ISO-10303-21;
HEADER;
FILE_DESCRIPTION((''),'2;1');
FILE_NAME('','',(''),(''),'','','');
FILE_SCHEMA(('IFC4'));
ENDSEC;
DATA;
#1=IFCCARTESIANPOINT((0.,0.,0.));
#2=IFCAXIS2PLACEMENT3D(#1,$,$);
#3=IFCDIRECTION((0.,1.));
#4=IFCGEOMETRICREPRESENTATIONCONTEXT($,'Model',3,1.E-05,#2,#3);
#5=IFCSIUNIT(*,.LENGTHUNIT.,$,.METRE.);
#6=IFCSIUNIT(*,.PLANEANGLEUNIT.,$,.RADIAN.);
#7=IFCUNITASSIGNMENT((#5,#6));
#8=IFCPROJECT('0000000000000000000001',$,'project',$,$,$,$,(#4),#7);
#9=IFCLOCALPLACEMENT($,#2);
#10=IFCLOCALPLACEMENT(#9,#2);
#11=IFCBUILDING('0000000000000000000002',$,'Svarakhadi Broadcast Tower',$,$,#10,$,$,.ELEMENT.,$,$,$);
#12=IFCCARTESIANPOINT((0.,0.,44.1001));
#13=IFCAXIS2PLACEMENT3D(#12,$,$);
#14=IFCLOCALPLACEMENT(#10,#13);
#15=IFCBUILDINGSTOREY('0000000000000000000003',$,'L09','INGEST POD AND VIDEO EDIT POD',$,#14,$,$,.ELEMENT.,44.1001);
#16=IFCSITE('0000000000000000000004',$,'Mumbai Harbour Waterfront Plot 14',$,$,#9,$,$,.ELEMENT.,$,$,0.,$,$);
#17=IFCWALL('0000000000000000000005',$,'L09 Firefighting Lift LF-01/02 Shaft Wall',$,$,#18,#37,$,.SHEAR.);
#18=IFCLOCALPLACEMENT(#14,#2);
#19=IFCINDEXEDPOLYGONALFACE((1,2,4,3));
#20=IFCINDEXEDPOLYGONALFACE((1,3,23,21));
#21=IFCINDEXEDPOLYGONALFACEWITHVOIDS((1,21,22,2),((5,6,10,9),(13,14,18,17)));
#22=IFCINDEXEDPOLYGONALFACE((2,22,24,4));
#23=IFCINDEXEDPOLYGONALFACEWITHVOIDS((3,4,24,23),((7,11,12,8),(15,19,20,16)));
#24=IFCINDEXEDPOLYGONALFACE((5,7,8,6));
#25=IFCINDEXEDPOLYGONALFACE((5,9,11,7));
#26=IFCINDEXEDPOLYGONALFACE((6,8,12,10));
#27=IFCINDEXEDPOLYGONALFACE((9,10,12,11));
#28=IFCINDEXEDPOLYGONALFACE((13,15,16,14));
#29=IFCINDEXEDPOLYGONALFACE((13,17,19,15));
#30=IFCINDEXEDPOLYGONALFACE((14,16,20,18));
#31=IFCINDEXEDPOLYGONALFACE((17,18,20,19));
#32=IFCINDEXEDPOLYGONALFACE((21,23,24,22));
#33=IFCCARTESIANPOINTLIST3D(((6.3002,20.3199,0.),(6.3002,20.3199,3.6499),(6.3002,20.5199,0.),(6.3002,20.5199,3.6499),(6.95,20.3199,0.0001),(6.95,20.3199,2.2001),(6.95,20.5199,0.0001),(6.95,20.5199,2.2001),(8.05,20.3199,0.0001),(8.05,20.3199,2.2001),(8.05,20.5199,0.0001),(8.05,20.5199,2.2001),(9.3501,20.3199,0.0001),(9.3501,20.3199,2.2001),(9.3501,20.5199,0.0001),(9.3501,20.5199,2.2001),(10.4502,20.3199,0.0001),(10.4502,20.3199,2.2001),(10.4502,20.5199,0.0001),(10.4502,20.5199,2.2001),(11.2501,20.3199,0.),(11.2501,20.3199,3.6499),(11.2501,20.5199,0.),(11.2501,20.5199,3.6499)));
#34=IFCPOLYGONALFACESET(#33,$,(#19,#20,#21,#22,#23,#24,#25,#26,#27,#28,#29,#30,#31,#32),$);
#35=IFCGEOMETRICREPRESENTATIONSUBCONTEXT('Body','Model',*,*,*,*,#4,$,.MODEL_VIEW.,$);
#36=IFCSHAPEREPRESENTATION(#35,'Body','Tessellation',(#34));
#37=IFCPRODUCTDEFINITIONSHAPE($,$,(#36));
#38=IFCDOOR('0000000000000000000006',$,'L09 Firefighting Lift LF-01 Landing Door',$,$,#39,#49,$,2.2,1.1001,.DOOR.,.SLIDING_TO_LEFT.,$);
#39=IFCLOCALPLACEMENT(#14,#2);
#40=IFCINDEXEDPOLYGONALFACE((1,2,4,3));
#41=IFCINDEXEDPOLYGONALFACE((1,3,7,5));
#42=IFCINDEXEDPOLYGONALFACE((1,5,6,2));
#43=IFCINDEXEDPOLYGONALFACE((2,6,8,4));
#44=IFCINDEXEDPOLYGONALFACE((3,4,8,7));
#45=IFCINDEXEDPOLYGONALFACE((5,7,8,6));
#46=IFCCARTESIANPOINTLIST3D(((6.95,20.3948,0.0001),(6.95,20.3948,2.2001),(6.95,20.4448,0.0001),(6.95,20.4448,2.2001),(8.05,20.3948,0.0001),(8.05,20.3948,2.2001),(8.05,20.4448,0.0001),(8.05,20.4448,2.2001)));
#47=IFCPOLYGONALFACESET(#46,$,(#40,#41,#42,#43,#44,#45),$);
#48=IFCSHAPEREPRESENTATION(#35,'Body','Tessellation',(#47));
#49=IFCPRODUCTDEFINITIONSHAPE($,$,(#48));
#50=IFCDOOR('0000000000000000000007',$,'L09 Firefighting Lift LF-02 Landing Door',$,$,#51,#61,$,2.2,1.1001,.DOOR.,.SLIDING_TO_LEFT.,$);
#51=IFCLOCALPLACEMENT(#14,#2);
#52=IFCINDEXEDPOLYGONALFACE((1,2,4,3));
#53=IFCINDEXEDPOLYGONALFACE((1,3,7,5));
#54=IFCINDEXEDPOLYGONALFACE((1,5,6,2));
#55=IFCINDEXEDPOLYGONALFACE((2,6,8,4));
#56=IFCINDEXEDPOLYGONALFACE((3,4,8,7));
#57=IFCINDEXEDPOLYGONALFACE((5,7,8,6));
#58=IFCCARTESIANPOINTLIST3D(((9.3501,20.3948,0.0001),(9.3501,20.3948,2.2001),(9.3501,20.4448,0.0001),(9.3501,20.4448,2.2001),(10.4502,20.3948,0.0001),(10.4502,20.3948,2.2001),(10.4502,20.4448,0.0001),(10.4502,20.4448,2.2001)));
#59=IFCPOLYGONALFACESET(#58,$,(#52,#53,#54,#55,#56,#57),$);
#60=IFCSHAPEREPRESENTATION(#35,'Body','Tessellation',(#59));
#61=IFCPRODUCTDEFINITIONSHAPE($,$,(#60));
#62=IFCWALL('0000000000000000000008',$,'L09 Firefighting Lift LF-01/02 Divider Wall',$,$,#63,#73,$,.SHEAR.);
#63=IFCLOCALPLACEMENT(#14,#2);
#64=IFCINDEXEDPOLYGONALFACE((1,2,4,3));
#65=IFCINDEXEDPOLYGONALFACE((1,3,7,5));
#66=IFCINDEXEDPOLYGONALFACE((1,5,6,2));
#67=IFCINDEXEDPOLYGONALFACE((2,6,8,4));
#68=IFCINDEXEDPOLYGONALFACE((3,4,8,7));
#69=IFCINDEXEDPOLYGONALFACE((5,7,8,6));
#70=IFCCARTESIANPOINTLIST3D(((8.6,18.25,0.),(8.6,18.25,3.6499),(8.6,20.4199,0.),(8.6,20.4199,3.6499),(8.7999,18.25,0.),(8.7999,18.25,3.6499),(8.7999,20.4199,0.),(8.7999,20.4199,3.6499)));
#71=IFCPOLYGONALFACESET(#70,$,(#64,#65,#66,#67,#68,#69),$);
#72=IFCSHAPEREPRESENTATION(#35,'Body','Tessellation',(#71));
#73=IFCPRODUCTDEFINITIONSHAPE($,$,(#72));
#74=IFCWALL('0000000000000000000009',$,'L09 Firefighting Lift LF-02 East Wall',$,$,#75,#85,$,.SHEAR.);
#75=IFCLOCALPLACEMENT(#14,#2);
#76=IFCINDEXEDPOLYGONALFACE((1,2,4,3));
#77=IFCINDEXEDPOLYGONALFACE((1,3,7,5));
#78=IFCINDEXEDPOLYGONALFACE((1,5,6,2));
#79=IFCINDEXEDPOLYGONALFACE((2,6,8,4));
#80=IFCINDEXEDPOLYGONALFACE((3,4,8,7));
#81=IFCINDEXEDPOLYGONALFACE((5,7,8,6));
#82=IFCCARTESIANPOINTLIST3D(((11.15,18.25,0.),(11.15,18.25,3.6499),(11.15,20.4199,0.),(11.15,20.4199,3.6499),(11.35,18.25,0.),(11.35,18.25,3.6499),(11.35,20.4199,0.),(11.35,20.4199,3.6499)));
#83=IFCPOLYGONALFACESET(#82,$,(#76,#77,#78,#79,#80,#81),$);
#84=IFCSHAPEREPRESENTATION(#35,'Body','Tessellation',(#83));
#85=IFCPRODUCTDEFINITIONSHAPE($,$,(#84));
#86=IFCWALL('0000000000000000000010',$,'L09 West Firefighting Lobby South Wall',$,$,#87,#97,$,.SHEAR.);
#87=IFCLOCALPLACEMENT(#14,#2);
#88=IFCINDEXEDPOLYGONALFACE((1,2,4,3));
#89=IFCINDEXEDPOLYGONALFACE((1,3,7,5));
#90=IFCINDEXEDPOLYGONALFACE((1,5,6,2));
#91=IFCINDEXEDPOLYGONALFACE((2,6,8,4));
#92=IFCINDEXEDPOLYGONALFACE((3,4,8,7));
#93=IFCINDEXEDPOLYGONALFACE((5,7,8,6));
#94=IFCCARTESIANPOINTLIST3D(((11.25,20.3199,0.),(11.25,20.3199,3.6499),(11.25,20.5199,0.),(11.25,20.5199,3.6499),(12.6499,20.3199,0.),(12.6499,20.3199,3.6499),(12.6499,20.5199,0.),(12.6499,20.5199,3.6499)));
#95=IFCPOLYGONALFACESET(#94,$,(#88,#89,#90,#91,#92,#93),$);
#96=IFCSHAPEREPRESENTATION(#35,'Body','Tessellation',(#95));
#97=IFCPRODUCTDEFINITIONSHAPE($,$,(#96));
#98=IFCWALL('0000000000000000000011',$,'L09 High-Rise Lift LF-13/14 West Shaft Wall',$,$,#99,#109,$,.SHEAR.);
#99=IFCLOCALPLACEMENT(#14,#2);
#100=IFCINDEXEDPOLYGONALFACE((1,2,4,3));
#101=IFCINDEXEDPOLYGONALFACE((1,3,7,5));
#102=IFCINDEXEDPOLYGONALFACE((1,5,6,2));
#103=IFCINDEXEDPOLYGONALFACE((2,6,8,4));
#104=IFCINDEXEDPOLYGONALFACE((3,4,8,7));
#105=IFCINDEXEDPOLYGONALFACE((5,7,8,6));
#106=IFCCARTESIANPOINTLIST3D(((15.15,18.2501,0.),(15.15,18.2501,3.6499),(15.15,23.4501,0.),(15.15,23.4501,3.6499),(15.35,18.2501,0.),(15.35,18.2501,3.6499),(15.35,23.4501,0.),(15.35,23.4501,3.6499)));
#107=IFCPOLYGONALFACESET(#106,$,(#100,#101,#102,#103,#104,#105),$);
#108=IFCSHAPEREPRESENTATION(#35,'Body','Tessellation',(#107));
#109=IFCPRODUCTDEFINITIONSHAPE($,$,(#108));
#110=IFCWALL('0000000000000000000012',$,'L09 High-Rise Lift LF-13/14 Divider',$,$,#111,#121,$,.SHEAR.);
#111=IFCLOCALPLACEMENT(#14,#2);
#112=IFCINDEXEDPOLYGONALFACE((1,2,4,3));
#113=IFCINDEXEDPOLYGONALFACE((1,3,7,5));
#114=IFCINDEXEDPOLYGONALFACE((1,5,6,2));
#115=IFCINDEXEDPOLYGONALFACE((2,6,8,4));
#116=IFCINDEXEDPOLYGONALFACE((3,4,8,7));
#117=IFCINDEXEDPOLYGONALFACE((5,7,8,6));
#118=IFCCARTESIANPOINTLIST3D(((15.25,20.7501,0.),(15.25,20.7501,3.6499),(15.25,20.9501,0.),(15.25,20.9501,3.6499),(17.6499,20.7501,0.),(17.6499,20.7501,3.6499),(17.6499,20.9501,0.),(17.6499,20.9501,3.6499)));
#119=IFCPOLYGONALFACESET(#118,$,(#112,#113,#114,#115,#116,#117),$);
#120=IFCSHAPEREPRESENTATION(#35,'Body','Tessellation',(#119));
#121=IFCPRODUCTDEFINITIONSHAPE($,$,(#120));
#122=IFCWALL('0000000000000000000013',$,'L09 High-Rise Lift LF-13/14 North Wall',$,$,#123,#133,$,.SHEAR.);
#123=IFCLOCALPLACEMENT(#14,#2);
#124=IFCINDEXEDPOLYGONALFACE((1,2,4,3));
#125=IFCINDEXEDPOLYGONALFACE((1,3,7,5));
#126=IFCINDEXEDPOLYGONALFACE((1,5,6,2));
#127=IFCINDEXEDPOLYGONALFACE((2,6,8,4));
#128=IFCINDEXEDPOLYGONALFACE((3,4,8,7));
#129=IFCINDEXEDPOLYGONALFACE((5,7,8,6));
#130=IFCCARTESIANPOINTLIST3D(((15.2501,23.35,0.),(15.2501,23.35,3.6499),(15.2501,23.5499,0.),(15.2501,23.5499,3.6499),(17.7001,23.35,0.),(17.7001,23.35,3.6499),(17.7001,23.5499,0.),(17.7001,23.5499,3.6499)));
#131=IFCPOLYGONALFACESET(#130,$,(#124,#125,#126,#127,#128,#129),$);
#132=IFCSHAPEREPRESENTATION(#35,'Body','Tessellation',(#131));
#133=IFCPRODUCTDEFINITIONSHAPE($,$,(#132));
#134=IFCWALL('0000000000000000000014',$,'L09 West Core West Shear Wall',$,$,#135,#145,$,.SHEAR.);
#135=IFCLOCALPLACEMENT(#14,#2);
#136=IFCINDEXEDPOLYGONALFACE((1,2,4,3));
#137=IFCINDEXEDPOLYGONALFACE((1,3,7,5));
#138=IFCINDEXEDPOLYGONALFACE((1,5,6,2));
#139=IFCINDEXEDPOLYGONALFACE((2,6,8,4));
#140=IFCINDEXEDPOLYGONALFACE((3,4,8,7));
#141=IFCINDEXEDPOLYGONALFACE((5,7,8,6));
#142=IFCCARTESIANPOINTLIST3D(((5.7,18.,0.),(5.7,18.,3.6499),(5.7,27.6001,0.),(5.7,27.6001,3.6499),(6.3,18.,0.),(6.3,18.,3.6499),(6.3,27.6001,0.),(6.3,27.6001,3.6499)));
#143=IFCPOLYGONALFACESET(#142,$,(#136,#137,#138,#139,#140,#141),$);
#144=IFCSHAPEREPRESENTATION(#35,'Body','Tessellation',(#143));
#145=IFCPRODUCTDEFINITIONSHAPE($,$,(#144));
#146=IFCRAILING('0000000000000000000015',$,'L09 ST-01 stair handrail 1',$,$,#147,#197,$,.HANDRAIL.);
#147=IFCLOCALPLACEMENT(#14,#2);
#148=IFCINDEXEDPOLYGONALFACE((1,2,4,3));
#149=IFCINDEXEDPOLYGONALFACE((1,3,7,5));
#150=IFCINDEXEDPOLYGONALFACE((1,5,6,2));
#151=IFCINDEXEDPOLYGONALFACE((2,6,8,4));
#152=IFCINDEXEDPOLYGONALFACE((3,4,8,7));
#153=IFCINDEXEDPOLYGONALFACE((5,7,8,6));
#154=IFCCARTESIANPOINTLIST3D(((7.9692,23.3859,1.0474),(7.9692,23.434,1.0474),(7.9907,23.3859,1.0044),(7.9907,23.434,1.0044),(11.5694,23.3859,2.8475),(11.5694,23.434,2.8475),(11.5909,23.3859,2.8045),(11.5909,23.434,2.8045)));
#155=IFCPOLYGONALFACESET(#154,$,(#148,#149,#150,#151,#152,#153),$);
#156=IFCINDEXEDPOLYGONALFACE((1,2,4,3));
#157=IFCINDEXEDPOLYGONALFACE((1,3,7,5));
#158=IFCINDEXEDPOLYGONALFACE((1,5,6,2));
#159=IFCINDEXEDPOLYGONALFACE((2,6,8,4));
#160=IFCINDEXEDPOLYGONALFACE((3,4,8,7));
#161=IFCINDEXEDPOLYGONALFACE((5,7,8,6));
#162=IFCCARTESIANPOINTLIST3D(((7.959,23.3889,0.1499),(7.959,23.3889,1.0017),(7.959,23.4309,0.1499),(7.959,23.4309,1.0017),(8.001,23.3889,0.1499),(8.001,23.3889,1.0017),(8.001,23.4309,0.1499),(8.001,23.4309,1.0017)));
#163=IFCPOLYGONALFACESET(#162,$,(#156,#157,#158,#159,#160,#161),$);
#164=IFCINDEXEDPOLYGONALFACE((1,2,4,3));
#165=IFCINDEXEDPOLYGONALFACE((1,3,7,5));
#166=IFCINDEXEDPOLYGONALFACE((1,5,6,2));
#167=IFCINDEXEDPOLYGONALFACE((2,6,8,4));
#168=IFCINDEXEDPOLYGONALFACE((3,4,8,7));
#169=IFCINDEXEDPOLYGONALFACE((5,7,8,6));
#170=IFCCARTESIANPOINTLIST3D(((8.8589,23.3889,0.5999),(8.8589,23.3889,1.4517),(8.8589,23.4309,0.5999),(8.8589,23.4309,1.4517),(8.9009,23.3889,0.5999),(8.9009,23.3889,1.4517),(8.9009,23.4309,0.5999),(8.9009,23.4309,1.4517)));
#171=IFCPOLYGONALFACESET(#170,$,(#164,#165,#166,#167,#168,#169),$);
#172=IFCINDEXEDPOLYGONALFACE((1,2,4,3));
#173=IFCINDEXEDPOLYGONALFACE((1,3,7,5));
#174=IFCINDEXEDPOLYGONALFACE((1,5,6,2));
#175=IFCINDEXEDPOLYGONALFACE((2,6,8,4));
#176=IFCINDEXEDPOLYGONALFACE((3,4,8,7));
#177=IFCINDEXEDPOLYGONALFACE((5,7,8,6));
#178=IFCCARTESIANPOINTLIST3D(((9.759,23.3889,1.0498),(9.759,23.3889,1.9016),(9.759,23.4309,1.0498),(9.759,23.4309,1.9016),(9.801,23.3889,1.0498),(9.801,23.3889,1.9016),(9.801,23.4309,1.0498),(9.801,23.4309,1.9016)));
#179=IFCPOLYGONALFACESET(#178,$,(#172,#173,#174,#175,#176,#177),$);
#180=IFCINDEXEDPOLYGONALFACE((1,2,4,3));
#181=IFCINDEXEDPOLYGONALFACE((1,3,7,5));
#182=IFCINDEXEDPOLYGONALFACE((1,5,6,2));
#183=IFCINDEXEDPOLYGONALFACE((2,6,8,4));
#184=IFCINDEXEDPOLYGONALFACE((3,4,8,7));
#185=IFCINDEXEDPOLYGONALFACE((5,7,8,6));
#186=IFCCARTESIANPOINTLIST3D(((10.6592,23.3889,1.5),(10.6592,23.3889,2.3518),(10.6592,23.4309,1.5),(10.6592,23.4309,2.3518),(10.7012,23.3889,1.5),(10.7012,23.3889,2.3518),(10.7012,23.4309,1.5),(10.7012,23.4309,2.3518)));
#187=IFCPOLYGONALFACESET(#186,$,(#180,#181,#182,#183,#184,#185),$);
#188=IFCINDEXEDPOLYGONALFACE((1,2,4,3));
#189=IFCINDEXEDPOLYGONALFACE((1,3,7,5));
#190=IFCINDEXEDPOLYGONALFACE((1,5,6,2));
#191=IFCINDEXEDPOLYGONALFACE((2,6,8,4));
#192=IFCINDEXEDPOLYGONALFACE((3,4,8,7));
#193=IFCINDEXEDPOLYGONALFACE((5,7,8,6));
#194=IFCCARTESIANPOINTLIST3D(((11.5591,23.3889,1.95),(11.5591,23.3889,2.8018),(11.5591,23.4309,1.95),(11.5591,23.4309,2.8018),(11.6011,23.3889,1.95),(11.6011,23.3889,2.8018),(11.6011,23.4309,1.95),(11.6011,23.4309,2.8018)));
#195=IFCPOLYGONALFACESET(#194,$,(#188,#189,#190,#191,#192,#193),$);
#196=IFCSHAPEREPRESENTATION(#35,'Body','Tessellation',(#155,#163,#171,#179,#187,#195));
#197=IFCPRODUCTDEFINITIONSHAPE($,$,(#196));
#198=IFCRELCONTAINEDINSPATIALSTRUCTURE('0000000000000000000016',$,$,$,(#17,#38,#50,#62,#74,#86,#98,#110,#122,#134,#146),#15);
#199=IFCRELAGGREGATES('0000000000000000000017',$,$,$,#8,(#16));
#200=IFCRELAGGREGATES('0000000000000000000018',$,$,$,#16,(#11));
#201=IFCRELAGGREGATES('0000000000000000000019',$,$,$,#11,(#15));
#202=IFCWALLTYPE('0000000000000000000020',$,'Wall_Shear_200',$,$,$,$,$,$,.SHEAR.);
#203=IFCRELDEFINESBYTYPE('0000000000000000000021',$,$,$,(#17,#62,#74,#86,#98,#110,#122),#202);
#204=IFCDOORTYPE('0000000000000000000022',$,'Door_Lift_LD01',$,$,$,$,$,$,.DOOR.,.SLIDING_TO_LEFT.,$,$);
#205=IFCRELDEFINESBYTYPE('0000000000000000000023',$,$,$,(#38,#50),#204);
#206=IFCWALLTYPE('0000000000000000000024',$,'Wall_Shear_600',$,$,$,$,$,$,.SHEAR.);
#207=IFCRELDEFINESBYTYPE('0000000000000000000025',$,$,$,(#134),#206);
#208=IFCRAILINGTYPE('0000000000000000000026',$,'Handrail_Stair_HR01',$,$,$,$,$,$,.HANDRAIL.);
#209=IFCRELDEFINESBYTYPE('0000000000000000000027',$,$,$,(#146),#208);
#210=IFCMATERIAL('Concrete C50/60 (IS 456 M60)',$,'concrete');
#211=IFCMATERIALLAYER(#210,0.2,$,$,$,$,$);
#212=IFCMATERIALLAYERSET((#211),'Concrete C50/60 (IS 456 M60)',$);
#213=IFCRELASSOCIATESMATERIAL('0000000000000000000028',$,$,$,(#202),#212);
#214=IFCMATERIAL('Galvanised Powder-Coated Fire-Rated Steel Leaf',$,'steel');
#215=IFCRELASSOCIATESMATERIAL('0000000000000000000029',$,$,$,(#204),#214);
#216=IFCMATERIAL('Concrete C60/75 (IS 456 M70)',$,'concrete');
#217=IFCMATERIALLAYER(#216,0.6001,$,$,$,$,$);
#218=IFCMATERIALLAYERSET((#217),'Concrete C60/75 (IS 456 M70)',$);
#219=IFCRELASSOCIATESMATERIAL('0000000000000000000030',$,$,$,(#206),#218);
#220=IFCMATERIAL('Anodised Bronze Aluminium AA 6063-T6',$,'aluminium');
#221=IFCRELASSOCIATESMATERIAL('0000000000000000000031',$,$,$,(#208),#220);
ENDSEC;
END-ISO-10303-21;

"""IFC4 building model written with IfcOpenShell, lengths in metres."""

from ifc_helpers import new_model, si_unit, direction, frame, frame_2d, origin, origin_2d, place, context, subcontext, project, spatial, rectangle, extrude, material, layer, layer_set, type_object, element, fill, save


model = new_model("IFC4")

# Units and contexts
model_context = context("Model", 3, precision=1e-05, world=origin(), true_north=direction((0.0, 1.0)))
body_context = subcontext(model_context, "Body", "Model", "MODEL_VIEW")
ifc_project = project(units=[si_unit("LENGTHUNIT", "METRE"), si_unit("PLANEANGLEUNIT", "RADIAN")], contexts=[model_context])

# Site, building, storey
site_placement = place(None, origin())
site = spatial("IfcSite", under=ifc_project, at=site_placement, Name="Mumbai Harbour Waterfront Plot 14", CompositionType="ELEMENT", RefElevation=0.0)
building_placement = place(site_placement, origin())
building = spatial("IfcBuilding", under=site, at=building_placement, Name="Svarakhadi Broadcast Tower", CompositionType="ELEMENT")
storey_placement = place(building_placement, frame((0.0, 0.0, 44.1001)))
storey = spatial("IfcBuildingStorey", under=building, at=storey_placement, Name="L09", Description="INGEST POD AND VIDEO EDIT POD", CompositionType="ELEMENT", Elevation=44.1001)

# Shared definitions
ifc_material_1 = material(Name="Concrete C60/75 (IS 456 M70)", Category="concrete")

# Shared definitions
ifc_material_2 = material(Name="Concrete C50/60 (IS 456 M60)", Category="concrete")

# Shared definitions
ifc_layer_1 = layer(ifc_material_2, 0.2)
ifc_layer_set_1 = layer_set([ifc_layer_1], Name="Concrete C50/60 (IS 456 M60)")
wall_type_1 = type_object("IfcWallType", Name="Wall_Shear_200", PredefinedType="SHEAR", material=ifc_layer_set_1)
ifc_material_3 = material(Name="Galvanised Powder-Coated Fire-Rated Steel Leaf", Category="steel")

# Wall, openings, doors
wall_1_placement = place(storey_placement, frame((6.3, 20.4199, 0.0), z_axis=(0.0, 0.0, 1.0), x_axis=(1.0, 0.0, 0.0)))
wall_1 = element("IfcWall", 1, at=wall_1_placement, inside=storey, type_object=wall_type_1, Name="L09 Firefighting Lift LF-01/02 Shaft Wall", PredefinedType="SHEAR", context=body_context, shape_type="SweptSolid", body=[
    extrude(rectangle(XDim=4.95, YDim=0.2, at=frame_2d((2.4751, 0.0))), origin(), (0.0, 0.0, 1.0), 3.6499),
])
opening_1_placement = place(wall_1_placement, frame((0.6499, 0.0, 0.0)))
opening_1 = element("IfcOpeningElement", 2, at=opening_1_placement, cuts=wall_1, PredefinedType="OPENING", context=body_context, shape_type="SweptSolid", body=[
    extrude(rectangle(XDim=1.1001, YDim=2.2, at=frame_2d((0.55, 1.1001))), frame((0.0, 0.1099, 0.0), z_axis=(0.0, -1.0, 0.0), x_axis=(1.0, 0.0, 0.0)), (0.0, 0.0, 1.0), 0.22),
])
opening_2_placement = place(wall_1_placement, frame((3.05, 0.0, 0.0)))
opening_2 = element("IfcOpeningElement", 3, at=opening_2_placement, cuts=wall_1, PredefinedType="OPENING", context=body_context, shape_type="SweptSolid", body=[
    extrude(rectangle(XDim=1.1001, YDim=2.2, at=frame_2d((0.55, 1.1001))), frame((0.0, 0.1099, 0.0), z_axis=(0.0, -1.0, 0.0), x_axis=(1.0, 0.0, 0.0)), (0.0, 0.0, 1.0), 0.22),
])
door_type_1 = type_object("IfcDoorType", Name="Door_Lift_LD01", OperationType="SLIDING_TO_LEFT", PredefinedType="DOOR", material=ifc_material_3)
door_1_placement = place(opening_1_placement, origin())
door_1 = element("IfcDoor", 4, at=door_1_placement, inside=storey, type_object=door_type_1, Name="L09 Firefighting Lift LF-01 Landing Door", OperationType="SLIDING_TO_LEFT", OverallHeight=2.2, OverallWidth=1.1001, PredefinedType="DOOR", context=body_context, shape_type="SweptSolid", body=[
    extrude(rectangle(XDim=1.1001, YDim=2.2, at=frame_2d((0.55, 1.1001))), frame((0.0, 0.0249, 0.0), z_axis=(0.0, -1.0, 0.0), x_axis=(1.0, 0.0, 0.0)), (0.0, 0.0, 1.0), 0.05),
])
fill(opening_1, door_1)
door_2_placement = place(opening_2_placement, origin())
door_2 = element("IfcDoor", 5, at=door_2_placement, inside=storey, type_object=door_type_1, Name="L09 Firefighting Lift LF-02 Landing Door", OperationType="SLIDING_TO_LEFT", OverallHeight=2.2, OverallWidth=1.1001, PredefinedType="DOOR", context=body_context, shape_type="SweptSolid", body=[
    extrude(rectangle(XDim=1.1001, YDim=2.2, at=frame_2d((0.55, 1.1001))), frame((0.0, 0.0249, 0.0), z_axis=(0.0, -1.0, 0.0), x_axis=(1.0, 0.0, 0.0)), (0.0, 0.0, 1.0), 0.05),
])
fill(opening_2, door_2)

# Walls
for number, where, z_axis, x_axis, name in (
    (6, (8.7, 18.25, 0.0), (0.0, 0.0, 1.0), (0.0, 1.0, 0.0), "L09 Firefighting Lift LF-01/02 Divider Wall"),
    (7, (11.25, 18.25, 0.0), (0.0, 0.0, 1.0), (0.0, 1.0, 0.0), "L09 Firefighting Lift LF-02 East Wall"),
):
    element("IfcWall", number, at=place(storey_placement, frame(where, z_axis=z_axis, x_axis=x_axis)), inside=storey, type_object=wall_type_1, Name=name, PredefinedType="SHEAR", context=body_context, shape_type="SweptSolid", body=[
        extrude(rectangle(XDim=2.1699, YDim=0.2, at=frame_2d((1.085, 0.0))), origin(), (0.0, 0.0, 1.0), 3.6499),
    ])
wall_2_placement = place(storey_placement, frame((11.25, 20.4199, 0.0), z_axis=(0.0, 0.0, 1.0), x_axis=(1.0, 0.0, 0.0)))
element("IfcWall", 8, at=wall_2_placement, inside=storey, type_object=wall_type_1, Name="L09 West Firefighting Lobby South Wall", PredefinedType="SHEAR", context=body_context, shape_type="SweptSolid", body=[
    extrude(rectangle(XDim=1.3999, YDim=0.2, at=frame_2d((0.7, 0.0))), origin(), (0.0, 0.0, 1.0), 3.6499),
])

# Walls
wall_3_placement = place(storey_placement, frame((15.25, 18.25, 0.0), z_axis=(0.0, 0.0, 1.0), x_axis=(0.0, 1.0, 0.0)))
element("IfcWall", 9, at=wall_3_placement, inside=storey, type_object=wall_type_1, Name="L09 High-Rise Lift LF-13/14 West Shaft Wall", PredefinedType="SHEAR", context=body_context, shape_type="SweptSolid", body=[
    extrude(rectangle(XDim=5.2, YDim=0.2, at=frame_2d((2.6001, 0.0))), origin(), (0.0, 0.0, 1.0), 3.6499),
])
wall_4_placement = place(storey_placement, frame((15.25, 20.8501, 0.0), z_axis=(0.0, 0.0, 1.0), x_axis=(1.0, 0.0, 0.0)))
element("IfcWall", 10, at=wall_4_placement, inside=storey, type_object=wall_type_1, Name="L09 High-Rise Lift LF-13/14 Divider", PredefinedType="SHEAR", context=body_context, shape_type="SweptSolid", body=[
    extrude(rectangle(XDim=2.3999, YDim=0.2, at=frame_2d((1.2, 0.0))), origin(), (0.0, 0.0, 1.0), 3.6499),
])
wall_5_placement = place(storey_placement, frame((15.25, 23.45, 0.0), z_axis=(0.0, 0.0, 1.0), x_axis=(1.0, 0.0, 0.0)))
element("IfcWall", 11, at=wall_5_placement, inside=storey, type_object=wall_type_1, Name="L09 High-Rise Lift LF-13/14 North Wall", PredefinedType="SHEAR", context=body_context, shape_type="SweptSolid", body=[
    extrude(rectangle(XDim=2.45, YDim=0.2, at=frame_2d((1.2251, 0.0))), origin(), (0.0, 0.0, 1.0), 3.6499),
])
ifc_layer_2 = layer(ifc_material_1, 0.6001)
ifc_layer_set_2 = layer_set([ifc_layer_2], Name="Concrete C60/75 (IS 456 M70)")
wall_type_2 = type_object("IfcWallType", Name="Wall_Shear_600", PredefinedType="SHEAR", material=ifc_layer_set_2)
wall_6_placement = place(storey_placement, frame((6.0, 18.0, 0.0), z_axis=(0.0, 0.0, 1.0), x_axis=(0.0, 1.0, 0.0)))
element("IfcWall", 12, at=wall_6_placement, inside=storey, type_object=wall_type_2, Name="L09 West Core West Shear Wall", PredefinedType="SHEAR", context=body_context, shape_type="SweptSolid", body=[
    extrude(rectangle(XDim=9.6001, YDim=0.6001, at=frame_2d((4.8, 0.0))), origin(), (0.0, 0.0, 1.0), 3.6499),
])

# Railing
ifc_material_4 = material(Name="Anodised Bronze Aluminium AA 6063-T6", Category="aluminium")
railing_type = type_object("IfcRailingType", Name="Handrail_Stair_HR01", PredefinedType="HANDRAIL", material=ifc_material_4)
railing_placement = place(storey_placement, frame((7.98, 23.4099, 0.1499)))
element("IfcRailing", 13, at=railing_placement, inside=storey, type_object=railing_type, Name="L09 ST-01 stair handrail 1", PredefinedType="HANDRAIL", context=body_context, shape_type="SweptSolid", body=[
    extrude(rectangle(XDim=0.0481, YDim=0.0481, at=origin_2d()), frame((0.0, 0.0, 0.876), z_axis=(0.894427, 0.0, 0.447214), x_axis=(0.0, 1.0, 0.0)), (0.0, 0.0, 1.0), 4.0251),
    extrude(rectangle(XDim=0.042, YDim=0.042, at=origin_2d()), origin(), (0.0, 0.0, 1.0), 0.8518),
    extrude(rectangle(XDim=0.042, YDim=0.042, at=origin_2d()), frame((0.8999, 0.0, 0.45)), (0.0, 0.0, 1.0), 0.8518),
    extrude(rectangle(XDim=0.042, YDim=0.042, at=origin_2d()), frame((1.8, 0.0, 0.8999)), (0.0, 0.0, 1.0), 0.8518),
    extrude(rectangle(XDim=0.042, YDim=0.042, at=origin_2d()), frame((2.7002, 0.0, 1.3501)), (0.0, 0.0, 1.0), 0.8518),
    extrude(rectangle(XDim=0.042, YDim=0.042, at=origin_2d()), frame((3.6001, 0.0, 1.8)), (0.0, 0.0, 1.0), 0.8518),
])

save(model, "model.ifc")
